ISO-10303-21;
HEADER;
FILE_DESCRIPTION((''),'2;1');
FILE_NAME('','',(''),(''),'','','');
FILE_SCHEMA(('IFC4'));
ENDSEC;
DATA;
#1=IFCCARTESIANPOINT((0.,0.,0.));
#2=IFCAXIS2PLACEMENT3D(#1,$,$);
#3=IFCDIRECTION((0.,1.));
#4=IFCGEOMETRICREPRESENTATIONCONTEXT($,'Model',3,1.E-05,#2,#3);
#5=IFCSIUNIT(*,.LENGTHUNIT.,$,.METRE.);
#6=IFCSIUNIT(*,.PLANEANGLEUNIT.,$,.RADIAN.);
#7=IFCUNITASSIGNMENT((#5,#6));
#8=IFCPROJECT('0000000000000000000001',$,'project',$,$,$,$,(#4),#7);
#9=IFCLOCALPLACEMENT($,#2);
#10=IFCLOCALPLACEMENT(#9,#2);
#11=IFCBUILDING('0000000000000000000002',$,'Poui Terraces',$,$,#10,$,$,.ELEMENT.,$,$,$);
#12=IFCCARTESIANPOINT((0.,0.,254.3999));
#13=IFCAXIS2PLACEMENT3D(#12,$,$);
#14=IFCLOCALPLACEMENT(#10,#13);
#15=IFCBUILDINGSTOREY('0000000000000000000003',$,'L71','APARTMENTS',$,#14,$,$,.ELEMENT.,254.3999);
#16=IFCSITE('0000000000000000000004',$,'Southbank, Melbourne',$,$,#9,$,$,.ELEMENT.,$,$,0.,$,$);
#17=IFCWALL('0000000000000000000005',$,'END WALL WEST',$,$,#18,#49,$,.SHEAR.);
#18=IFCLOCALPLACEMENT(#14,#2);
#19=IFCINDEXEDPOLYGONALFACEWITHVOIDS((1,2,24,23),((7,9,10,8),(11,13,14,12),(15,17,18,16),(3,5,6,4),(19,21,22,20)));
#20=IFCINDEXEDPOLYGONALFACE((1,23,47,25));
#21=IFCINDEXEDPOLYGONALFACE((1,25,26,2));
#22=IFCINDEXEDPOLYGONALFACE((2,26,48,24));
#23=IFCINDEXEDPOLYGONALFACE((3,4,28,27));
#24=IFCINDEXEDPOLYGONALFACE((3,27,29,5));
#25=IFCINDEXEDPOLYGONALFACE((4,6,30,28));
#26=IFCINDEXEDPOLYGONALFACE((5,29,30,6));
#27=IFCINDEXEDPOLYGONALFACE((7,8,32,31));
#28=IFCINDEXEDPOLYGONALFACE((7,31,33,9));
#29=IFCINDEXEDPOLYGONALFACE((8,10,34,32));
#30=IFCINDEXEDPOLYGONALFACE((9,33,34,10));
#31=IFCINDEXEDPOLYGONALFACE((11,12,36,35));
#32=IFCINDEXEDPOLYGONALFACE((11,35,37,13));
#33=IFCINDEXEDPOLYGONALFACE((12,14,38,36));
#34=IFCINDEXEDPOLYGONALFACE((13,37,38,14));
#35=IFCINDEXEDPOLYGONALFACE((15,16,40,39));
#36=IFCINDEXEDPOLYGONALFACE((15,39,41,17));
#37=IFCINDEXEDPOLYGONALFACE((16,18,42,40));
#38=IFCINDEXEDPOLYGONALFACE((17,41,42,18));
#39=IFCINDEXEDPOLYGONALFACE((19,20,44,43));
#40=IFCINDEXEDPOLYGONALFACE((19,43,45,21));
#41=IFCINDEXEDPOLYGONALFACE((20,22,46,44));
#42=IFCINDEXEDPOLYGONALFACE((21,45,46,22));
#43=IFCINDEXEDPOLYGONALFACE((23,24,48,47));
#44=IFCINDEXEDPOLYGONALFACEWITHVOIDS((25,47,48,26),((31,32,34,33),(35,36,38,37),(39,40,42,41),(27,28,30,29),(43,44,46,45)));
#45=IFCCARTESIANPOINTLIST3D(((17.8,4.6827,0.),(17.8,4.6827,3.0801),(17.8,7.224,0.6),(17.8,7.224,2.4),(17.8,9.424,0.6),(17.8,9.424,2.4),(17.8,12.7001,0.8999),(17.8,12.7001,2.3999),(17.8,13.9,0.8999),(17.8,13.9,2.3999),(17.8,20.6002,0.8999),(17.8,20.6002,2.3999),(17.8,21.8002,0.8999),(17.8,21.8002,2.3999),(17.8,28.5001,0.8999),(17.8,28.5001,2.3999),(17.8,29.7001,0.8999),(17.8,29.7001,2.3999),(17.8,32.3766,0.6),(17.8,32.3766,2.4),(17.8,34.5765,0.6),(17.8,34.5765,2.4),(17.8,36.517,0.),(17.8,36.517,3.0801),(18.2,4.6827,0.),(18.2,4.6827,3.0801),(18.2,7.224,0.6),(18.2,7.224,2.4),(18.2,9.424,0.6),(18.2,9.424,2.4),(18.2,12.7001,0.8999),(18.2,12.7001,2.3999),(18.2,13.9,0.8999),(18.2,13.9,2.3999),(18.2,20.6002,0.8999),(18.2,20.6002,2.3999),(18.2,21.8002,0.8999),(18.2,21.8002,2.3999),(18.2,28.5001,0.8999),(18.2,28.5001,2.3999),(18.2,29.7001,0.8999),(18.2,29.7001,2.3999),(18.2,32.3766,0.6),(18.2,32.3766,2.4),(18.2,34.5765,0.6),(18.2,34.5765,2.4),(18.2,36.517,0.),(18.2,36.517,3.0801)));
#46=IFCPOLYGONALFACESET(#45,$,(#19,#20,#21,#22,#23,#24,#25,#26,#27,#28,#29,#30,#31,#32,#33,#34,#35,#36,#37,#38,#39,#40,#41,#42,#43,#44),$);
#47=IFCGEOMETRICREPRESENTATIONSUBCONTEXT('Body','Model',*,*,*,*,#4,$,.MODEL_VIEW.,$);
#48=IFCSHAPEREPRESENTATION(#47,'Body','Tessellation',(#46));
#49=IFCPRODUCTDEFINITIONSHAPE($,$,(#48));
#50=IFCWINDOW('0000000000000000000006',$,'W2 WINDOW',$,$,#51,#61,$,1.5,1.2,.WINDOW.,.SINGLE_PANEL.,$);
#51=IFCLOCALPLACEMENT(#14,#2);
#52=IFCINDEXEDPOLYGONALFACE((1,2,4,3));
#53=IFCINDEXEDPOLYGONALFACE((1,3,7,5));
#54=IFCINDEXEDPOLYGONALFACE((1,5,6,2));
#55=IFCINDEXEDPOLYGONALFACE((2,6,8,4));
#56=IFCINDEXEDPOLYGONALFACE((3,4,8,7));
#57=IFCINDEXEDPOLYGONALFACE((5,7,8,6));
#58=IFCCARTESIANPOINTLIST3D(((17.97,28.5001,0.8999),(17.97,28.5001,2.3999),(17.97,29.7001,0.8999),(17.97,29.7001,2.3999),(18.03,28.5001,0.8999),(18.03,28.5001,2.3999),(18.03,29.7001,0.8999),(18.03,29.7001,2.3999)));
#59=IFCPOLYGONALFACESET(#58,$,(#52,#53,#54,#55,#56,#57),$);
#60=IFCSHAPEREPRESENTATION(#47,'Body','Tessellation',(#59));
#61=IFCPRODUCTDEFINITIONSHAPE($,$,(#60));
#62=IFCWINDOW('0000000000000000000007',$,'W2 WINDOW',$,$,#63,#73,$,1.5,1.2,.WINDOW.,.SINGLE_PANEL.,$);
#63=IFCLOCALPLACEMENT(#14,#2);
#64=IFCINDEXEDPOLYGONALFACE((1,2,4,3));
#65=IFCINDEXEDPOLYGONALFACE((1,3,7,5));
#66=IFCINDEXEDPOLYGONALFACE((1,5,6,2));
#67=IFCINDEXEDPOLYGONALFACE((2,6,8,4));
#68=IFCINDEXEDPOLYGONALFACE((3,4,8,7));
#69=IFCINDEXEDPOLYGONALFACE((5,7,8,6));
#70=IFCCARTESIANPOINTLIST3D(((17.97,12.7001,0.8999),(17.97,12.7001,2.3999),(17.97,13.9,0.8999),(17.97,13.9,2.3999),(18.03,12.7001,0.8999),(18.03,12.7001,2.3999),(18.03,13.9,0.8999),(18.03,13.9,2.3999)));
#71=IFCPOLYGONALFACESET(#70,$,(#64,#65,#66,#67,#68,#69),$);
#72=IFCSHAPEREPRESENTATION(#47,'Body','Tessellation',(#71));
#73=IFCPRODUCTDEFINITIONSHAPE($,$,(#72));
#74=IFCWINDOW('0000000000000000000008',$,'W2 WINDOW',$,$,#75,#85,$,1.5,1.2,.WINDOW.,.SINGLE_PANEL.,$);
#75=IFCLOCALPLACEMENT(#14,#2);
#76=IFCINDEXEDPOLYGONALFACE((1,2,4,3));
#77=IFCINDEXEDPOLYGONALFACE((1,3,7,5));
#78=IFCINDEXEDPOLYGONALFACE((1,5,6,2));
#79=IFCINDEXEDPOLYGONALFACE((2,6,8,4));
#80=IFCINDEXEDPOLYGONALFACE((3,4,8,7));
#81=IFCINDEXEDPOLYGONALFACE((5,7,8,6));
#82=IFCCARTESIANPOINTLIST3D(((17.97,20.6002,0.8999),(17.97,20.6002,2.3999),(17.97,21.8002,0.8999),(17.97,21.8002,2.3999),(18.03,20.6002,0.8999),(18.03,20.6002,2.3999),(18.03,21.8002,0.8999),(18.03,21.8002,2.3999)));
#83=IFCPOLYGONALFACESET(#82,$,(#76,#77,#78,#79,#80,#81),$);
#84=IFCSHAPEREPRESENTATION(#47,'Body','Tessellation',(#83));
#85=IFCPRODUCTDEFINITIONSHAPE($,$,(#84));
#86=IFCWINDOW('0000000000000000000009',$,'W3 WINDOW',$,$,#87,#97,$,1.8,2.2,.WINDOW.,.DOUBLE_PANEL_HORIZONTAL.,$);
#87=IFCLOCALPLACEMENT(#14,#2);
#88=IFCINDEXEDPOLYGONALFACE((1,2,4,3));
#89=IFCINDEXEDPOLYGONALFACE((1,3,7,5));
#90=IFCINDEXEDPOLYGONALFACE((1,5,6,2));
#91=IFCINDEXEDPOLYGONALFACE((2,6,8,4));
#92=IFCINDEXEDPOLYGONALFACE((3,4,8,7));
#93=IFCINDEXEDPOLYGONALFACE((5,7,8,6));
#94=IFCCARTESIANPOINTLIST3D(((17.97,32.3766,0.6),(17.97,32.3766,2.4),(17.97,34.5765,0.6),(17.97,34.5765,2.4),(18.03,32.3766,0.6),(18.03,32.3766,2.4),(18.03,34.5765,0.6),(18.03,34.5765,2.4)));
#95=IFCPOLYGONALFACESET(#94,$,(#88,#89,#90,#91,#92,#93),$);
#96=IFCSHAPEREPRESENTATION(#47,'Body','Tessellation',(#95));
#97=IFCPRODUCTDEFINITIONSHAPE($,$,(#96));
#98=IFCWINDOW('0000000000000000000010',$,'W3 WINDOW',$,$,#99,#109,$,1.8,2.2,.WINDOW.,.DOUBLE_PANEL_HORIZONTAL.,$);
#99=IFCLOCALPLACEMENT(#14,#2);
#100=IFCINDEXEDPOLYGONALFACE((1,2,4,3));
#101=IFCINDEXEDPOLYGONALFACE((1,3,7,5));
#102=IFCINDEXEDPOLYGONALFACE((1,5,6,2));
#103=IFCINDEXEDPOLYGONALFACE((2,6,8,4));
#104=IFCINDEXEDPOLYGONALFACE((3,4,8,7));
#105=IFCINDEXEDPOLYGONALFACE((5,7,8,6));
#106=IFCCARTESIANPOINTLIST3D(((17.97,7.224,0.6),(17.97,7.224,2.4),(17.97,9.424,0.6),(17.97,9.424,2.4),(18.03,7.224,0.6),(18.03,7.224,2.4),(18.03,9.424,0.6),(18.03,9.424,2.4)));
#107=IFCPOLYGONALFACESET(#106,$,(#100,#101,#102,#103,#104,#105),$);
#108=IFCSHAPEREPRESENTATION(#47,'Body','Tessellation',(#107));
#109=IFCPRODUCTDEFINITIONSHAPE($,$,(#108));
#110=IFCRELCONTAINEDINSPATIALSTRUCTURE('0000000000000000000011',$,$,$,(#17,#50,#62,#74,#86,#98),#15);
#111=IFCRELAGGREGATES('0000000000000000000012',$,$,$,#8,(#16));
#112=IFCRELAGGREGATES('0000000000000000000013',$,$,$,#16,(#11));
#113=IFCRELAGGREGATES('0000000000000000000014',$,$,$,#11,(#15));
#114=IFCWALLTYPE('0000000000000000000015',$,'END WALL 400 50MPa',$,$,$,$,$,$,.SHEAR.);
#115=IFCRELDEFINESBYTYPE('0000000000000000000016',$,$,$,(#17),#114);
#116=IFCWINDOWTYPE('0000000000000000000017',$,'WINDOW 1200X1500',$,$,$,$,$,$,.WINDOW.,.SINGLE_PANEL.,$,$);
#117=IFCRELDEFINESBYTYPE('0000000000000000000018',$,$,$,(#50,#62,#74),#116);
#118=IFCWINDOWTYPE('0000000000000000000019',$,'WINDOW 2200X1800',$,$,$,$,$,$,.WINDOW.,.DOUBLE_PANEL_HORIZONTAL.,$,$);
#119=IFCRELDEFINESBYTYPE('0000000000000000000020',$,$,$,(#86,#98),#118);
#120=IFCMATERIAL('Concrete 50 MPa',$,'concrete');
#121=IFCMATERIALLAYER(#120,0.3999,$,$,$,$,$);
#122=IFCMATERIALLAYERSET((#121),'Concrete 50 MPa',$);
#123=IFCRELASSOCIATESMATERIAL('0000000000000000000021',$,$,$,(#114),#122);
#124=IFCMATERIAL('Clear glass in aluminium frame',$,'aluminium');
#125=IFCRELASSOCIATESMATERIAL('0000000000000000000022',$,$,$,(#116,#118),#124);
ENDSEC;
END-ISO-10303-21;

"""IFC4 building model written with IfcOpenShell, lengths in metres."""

from ifc_helpers import new_model, si_unit, direction, frame, frame_2d, origin, place, context, subcontext, project, spatial, rectangle, extrude, material, layer, layer_set, type_object, element, fill, save


model = new_model("IFC4")

# Units and contexts
model_context = context("Model", 3, precision=1e-05, world=origin(), true_north=direction((0.0, 1.0)))
body_context = subcontext(model_context, "Body", "Model", "MODEL_VIEW")
ifc_project = project(units=[si_unit("LENGTHUNIT", "METRE"), si_unit("PLANEANGLEUNIT", "RADIAN")], contexts=[model_context])

# Site, building, storey
site_placement = place(None, origin())
site = spatial("IfcSite", under=ifc_project, at=site_placement, Name="Southbank, Melbourne", CompositionType="ELEMENT", RefElevation=0.0)
building_placement = place(site_placement, origin())
building = spatial("IfcBuilding", under=site, at=building_placement, Name="Poui Terraces", CompositionType="ELEMENT")
storey_placement = place(building_placement, frame((0.0, 0.0, 254.3999)))
storey = spatial("IfcBuildingStorey", under=building, at=storey_placement, Name="L71", Description="APARTMENTS", CompositionType="ELEMENT", Elevation=254.3999)

# Wall, openings, windows
ifc_material_1 = material(Name="Concrete 50 MPa", Category="concrete")
ifc_layer = layer(ifc_material_1, 0.3999)
ifc_layer_set = layer_set([ifc_layer], Name="Concrete 50 MPa")
wall_type = type_object("IfcWallType", Name="END WALL 400 50MPa", PredefinedType="SHEAR", material=ifc_layer_set)
wall_placement = place(storey_placement, frame((18.0, 4.6829, 0.0), z_axis=(0.0, 0.0, 1.0), x_axis=(0.0, 1.0, 0.0)))
wall = element("IfcWall", 1, at=wall_placement, inside=storey, type_object=wall_type, Name="END WALL WEST", PredefinedType="SHEAR", context=body_context, shape_type="SweptSolid", body=[
    extrude(rectangle(XDim=31.8342, YDim=0.3999, at=frame_2d((15.917, 0.0))), origin(), (0.0, 0.0, 1.0), 3.0801),
])
opening_1_placement = place(wall_placement, frame((23.8171, 0.0, 0.8999)))
opening_1 = element("IfcOpeningElement", 2, at=opening_1_placement, cuts=wall, PredefinedType="OPENING", context=body_context, shape_type="SweptSolid", body=[
    extrude(rectangle(XDim=1.2, YDim=1.5, at=frame_2d((0.6001, 0.75))), frame((0.0, 0.21, 0.0), z_axis=(0.0, -1.0, 0.0), x_axis=(1.0, 0.0, 0.0)), (0.0, 0.0, 1.0), 0.4199),
])
opening_2_placement = place(wall_placement, frame((8.0171, 0.0, 0.8999)))
opening_2 = element("IfcOpeningElement", 3, at=opening_2_placement, cuts=wall, PredefinedType="OPENING", context=body_context, shape_type="SweptSolid", body=[
    extrude(rectangle(XDim=1.2, YDim=1.5, at=frame_2d((0.6001, 0.75))), frame((0.0, 0.21, 0.0), z_axis=(0.0, -1.0, 0.0), x_axis=(1.0, 0.0, 0.0)), (0.0, 0.0, 1.0), 0.4199),
])
opening_3_placement = place(wall_placement, frame((27.6936, 0.0, 0.6001)))
opening_3 = element("IfcOpeningElement", 4, at=opening_3_placement, cuts=wall, PredefinedType="OPENING", context=body_context, shape_type="SweptSolid", body=[
    extrude(rectangle(XDim=2.2, YDim=1.8, at=frame_2d((1.1001, 0.8999))), frame((0.0, 0.21, 0.0), z_axis=(0.0, -1.0, 0.0), x_axis=(1.0, 0.0, 0.0)), (0.0, 0.0, 1.0), 0.4199),
])
opening_4_placement = place(wall_placement, frame((2.541, 0.0, 0.6001)))
opening_4 = element("IfcOpeningElement", 5, at=opening_4_placement, cuts=wall, PredefinedType="OPENING", context=body_context, shape_type="SweptSolid", body=[
    extrude(rectangle(XDim=2.2, YDim=1.8, at=frame_2d((1.1001, 0.8999))), frame((0.0, 0.21, 0.0), z_axis=(0.0, -1.0, 0.0), x_axis=(1.0, 0.0, 0.0)), (0.0, 0.0, 1.0), 0.4199),
])
opening_5_placement = place(wall_placement, frame((15.9172, 0.0, 0.8999)))
opening_5 = element("IfcOpeningElement", 6, at=opening_5_placement, cuts=wall, PredefinedType="OPENING", context=body_context, shape_type="SweptSolid", body=[
    extrude(rectangle(XDim=1.2, YDim=1.5, at=frame_2d((0.6001, 0.75))), frame((0.0, 0.21, 0.0), z_axis=(0.0, -1.0, 0.0), x_axis=(1.0, 0.0, 0.0)), (0.0, 0.0, 1.0), 0.4199),
])
ifc_material_2 = material(Name="Clear glass in aluminium frame", Category="aluminium")
window_type_1 = type_object("IfcWindowType", Name="WINDOW 1200X1500", PartitioningType="SINGLE_PANEL", PredefinedType="WINDOW", material=ifc_material_2)
window_1_placement = place(opening_1_placement, origin())
window_1 = element("IfcWindow", 7, at=window_1_placement, inside=storey, type_object=window_type_1, Name="W2 WINDOW", OverallHeight=1.5, OverallWidth=1.2, PartitioningType="SINGLE_PANEL", PredefinedType="WINDOW", context=body_context, shape_type="SweptSolid", body=[
    extrude(rectangle(XDim=1.2, YDim=1.5, at=frame_2d((0.6001, 0.75))), frame((0.0, 0.03, 0.0), z_axis=(0.0, -1.0, 0.0), x_axis=(1.0, 0.0, 0.0)), (0.0, 0.0, 1.0), 0.0601),
])
fill(opening_1, window_1)
window_2_placement = place(opening_2_placement, origin())
window_2 = element("IfcWindow", 8, at=window_2_placement, inside=storey, type_object=window_type_1, Name="W2 WINDOW", OverallHeight=1.5, OverallWidth=1.2, PartitioningType="SINGLE_PANEL", PredefinedType="WINDOW", context=body_context, shape_type="SweptSolid", body=[
    extrude(rectangle(XDim=1.2, YDim=1.5, at=frame_2d((0.6001, 0.75))), frame((0.0, 0.03, 0.0), z_axis=(0.0, -1.0, 0.0), x_axis=(1.0, 0.0, 0.0)), (0.0, 0.0, 1.0), 0.0601),
])
fill(opening_2, window_2)
window_3_placement = place(opening_5_placement, origin())
window_3 = element("IfcWindow", 9, at=window_3_placement, inside=storey, type_object=window_type_1, Name="W2 WINDOW", OverallHeight=1.5, OverallWidth=1.2, PartitioningType="SINGLE_PANEL", PredefinedType="WINDOW", context=body_context, shape_type="SweptSolid", body=[
    extrude(rectangle(XDim=1.2, YDim=1.5, at=frame_2d((0.6001, 0.75))), frame((0.0, 0.03, 0.0), z_axis=(0.0, -1.0, 0.0), x_axis=(1.0, 0.0, 0.0)), (0.0, 0.0, 1.0), 0.0601),
])
fill(opening_5, window_3)
window_type_2 = type_object("IfcWindowType", Name="WINDOW 2200X1800", PartitioningType="DOUBLE_PANEL_HORIZONTAL", PredefinedType="WINDOW", material=ifc_material_2)
window_4_placement = place(opening_3_placement, origin())
window_4 = element("IfcWindow", 10, at=window_4_placement, inside=storey, type_object=window_type_2, Name="W3 WINDOW", OverallHeight=1.8, OverallWidth=2.2, PartitioningType="DOUBLE_PANEL_HORIZONTAL", PredefinedType="WINDOW", context=body_context, shape_type="SweptSolid", body=[
    extrude(rectangle(XDim=2.2, YDim=1.8, at=frame_2d((1.1001, 0.8999))), frame((0.0, 0.03, 0.0), z_axis=(0.0, -1.0, 0.0), x_axis=(1.0, 0.0, 0.0)), (0.0, 0.0, 1.0), 0.0601),
])
fill(opening_3, window_4)
window_5_placement = place(opening_4_placement, origin())
window_5 = element("IfcWindow", 11, at=window_5_placement, inside=storey, type_object=window_type_2, Name="W3 WINDOW", OverallHeight=1.8, OverallWidth=2.2, PartitioningType="DOUBLE_PANEL_HORIZONTAL", PredefinedType="WINDOW", context=body_context, shape_type="SweptSolid", body=[
    extrude(rectangle(XDim=2.2, YDim=1.8, at=frame_2d((1.1001, 0.8999))), frame((0.0, 0.03, 0.0), z_axis=(0.0, -1.0, 0.0), x_axis=(1.0, 0.0, 0.0)), (0.0, 0.0, 1.0), 0.0601),
])
fill(opening_4, window_5)

save(model, "model.ifc")
